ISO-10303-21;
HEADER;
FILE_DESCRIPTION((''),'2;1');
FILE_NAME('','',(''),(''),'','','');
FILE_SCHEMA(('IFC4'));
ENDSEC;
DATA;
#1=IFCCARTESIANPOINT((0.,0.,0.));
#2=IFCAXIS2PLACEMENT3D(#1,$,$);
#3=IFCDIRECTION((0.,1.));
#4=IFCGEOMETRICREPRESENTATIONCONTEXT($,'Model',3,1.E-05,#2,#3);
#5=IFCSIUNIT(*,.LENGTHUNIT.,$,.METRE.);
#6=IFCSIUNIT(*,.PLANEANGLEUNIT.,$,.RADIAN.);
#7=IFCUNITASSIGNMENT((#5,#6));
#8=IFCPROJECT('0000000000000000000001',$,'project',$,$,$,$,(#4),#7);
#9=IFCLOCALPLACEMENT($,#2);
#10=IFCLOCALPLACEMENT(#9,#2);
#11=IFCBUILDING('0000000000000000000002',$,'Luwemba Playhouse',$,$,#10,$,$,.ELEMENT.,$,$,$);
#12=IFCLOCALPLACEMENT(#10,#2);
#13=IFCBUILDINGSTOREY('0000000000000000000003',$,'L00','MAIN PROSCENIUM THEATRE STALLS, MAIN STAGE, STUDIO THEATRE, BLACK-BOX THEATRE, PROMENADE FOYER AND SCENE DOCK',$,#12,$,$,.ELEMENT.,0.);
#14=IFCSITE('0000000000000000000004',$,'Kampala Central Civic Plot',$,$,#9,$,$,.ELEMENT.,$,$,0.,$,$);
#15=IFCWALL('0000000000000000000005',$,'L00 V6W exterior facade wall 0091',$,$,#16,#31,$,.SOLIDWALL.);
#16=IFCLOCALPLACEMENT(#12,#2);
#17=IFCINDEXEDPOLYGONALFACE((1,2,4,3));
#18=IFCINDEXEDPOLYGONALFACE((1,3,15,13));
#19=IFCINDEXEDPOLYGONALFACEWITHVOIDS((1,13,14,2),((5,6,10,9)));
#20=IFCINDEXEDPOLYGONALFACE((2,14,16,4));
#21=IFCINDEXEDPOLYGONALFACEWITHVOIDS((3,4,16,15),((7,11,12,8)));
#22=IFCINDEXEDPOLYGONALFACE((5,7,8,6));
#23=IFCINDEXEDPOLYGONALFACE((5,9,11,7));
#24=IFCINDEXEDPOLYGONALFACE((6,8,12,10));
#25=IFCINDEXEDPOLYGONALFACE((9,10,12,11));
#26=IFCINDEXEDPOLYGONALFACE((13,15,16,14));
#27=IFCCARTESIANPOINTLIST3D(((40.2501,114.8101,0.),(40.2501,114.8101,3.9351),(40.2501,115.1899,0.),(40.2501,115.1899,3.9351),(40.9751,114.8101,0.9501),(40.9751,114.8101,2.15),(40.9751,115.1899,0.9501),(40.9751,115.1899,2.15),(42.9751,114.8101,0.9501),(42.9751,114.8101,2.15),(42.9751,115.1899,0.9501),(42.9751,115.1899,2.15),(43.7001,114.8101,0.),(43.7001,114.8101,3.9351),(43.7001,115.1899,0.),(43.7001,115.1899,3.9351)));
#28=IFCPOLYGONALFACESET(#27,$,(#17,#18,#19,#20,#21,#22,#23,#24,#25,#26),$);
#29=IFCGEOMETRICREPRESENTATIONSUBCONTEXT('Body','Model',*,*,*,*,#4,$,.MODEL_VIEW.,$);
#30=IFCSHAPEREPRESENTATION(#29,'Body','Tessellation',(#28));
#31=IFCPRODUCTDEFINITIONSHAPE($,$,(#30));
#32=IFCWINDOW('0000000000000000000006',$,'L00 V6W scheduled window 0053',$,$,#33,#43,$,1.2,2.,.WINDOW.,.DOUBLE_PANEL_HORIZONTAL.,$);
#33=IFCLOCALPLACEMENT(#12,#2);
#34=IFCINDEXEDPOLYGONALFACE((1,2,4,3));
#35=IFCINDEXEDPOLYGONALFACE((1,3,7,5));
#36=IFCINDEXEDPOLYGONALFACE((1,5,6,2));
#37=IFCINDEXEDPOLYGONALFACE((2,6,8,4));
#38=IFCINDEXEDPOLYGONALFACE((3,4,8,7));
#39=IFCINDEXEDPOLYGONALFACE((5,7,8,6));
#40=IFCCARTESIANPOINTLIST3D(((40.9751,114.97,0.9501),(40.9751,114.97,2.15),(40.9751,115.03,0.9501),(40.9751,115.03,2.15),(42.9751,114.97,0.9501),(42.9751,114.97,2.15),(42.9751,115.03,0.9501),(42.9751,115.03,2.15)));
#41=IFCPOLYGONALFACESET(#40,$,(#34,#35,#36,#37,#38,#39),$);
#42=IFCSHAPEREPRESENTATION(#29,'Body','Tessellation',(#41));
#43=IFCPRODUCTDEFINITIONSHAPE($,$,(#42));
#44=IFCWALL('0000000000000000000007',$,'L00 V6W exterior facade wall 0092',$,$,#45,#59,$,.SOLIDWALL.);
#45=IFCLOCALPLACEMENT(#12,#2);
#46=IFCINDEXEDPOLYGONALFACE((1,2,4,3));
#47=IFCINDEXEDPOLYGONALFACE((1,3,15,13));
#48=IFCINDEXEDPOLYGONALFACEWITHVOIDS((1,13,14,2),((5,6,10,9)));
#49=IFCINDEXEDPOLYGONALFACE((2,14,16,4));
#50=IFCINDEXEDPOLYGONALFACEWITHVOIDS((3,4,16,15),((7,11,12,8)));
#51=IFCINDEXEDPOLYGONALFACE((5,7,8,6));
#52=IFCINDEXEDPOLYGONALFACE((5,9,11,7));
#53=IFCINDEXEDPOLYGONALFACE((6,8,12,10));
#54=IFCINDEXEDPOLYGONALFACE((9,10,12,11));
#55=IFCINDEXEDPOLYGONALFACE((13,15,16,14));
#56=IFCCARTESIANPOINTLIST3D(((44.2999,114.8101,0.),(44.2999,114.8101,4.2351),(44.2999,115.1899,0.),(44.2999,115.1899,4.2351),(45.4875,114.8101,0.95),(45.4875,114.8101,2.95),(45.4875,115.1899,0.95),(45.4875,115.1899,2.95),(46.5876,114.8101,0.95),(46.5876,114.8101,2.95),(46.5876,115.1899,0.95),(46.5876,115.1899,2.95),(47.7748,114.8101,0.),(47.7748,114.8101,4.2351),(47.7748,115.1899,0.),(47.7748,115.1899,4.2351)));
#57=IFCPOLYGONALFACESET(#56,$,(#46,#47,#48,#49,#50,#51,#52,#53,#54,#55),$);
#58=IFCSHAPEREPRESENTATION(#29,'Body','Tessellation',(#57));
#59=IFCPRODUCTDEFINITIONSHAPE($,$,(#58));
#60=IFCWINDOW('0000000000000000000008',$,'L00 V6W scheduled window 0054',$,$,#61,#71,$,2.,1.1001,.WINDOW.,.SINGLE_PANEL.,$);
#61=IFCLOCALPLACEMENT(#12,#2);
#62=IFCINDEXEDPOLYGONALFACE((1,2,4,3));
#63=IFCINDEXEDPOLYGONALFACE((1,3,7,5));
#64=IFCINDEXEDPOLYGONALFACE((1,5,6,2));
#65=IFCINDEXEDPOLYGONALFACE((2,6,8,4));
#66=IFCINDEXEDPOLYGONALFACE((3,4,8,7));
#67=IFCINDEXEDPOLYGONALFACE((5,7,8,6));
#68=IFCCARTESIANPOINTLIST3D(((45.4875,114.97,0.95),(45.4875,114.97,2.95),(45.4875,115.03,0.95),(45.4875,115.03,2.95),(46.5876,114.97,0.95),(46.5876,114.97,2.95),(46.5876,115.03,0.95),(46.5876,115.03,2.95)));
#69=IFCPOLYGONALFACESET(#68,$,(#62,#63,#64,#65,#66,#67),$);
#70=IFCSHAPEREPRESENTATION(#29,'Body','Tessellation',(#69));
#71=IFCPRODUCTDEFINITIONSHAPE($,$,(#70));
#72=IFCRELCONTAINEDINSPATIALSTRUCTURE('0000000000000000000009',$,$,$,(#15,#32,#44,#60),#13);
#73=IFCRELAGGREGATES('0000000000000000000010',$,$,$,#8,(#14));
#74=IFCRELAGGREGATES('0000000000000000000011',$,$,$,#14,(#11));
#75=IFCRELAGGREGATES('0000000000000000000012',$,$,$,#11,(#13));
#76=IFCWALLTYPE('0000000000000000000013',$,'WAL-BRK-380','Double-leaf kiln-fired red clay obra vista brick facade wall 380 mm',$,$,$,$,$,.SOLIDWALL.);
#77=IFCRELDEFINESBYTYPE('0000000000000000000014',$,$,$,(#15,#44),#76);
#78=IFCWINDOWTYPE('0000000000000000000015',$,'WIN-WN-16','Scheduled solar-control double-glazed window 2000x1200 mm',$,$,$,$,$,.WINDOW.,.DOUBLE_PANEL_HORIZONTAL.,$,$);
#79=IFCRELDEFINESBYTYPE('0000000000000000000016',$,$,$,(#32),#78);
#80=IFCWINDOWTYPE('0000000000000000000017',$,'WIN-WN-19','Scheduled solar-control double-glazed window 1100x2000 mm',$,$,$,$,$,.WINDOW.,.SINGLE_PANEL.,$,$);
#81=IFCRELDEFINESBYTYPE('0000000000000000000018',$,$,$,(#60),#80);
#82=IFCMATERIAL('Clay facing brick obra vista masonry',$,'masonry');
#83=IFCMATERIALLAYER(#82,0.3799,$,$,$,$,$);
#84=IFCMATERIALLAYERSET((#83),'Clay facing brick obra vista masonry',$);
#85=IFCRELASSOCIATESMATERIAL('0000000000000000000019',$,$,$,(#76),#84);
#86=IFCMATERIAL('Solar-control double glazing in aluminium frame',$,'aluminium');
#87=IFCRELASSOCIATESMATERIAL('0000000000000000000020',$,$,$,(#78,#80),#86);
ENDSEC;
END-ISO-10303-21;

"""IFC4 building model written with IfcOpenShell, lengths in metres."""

from ifc_helpers import new_model, si_unit, direction, frame, frame_2d, origin, place, context, subcontext, project, spatial, rectangle, extrude, material, layer, layer_set, type_object, element, fill, save


model = new_model("IFC4")

# Units and contexts
model_context = context("Model", 3, precision=1e-05, world=origin(), true_north=direction((0.0, 1.0)))
body_context = subcontext(model_context, "Body", "Model", "MODEL_VIEW")
ifc_project = project(units=[si_unit("LENGTHUNIT", "METRE"), si_unit("PLANEANGLEUNIT", "RADIAN")], contexts=[model_context])

# Site, building, storey
site_placement = place(None, origin())
site = spatial("IfcSite", under=ifc_project, at=site_placement, Name="Kampala Central Civic Plot", CompositionType="ELEMENT", RefElevation=0.0)
building_placement = place(site_placement, origin())
building = spatial("IfcBuilding", under=site, at=building_placement, Name="Luwemba Playhouse", CompositionType="ELEMENT")
storey_placement = place(building_placement, origin())
storey = spatial("IfcBuildingStorey", under=building, at=storey_placement, Name="L00", Description="MAIN PROSCENIUM THEATRE STALLS, MAIN STAGE, STUDIO THEATRE, BLACK-BOX THEATRE, PROMENADE FOYER AND SCENE DOCK", CompositionType="ELEMENT", Elevation=0.0)

# Shared definitions
ifc_material_1 = material(Name="Clay facing brick obra vista masonry", Category="masonry")
ifc_layer = layer(ifc_material_1, 0.3799)
ifc_layer_set = layer_set([ifc_layer], Name="Clay facing brick obra vista masonry")
wall_type = type_object("IfcWallType", Name="WAL-BRK-380", Description="Double-leaf kiln-fired red clay obra vista brick facade wall 380 mm", PredefinedType="SOLIDWALL", material=ifc_layer_set)

# Walls, openings, windows
ifc_material_2 = material(Name="Solar-control double glazing in aluminium frame", Category="aluminium")
wall_1_placement = place(storey_placement, frame((40.25, 115.0, 0.0), z_axis=(0.0, 0.0, 1.0), x_axis=(1.0, 0.0, 0.0)))
wall_1 = element("IfcWall", 1, at=wall_1_placement, inside=storey, type_object=wall_type, Name="L00 V6W exterior facade wall 0091", PredefinedType="SOLIDWALL", context=body_context, shape_type="SweptSolid", body=[
    extrude(rectangle(XDim=3.45, YDim=0.3799, at=frame_2d((1.7251, 0.0))), origin(), (0.0, 0.0, 1.0), 3.9351),
])
opening_1_placement = place(wall_1_placement, frame((0.7251, 0.0, 0.95)))
opening_1 = element("IfcOpeningElement", 2, at=opening_1_placement, cuts=wall_1, PredefinedType="OPENING", context=body_context, shape_type="SweptSolid", body=[
    extrude(rectangle(XDim=2.0, YDim=1.2, at=frame_2d((1.0, 0.6001))), frame((0.0, 0.2, 0.0), z_axis=(0.0, -1.0, 0.0), x_axis=(1.0, 0.0, 0.0)), (0.0, 0.0, 1.0), 0.3999),
])
window_type_1 = type_object("IfcWindowType", Name="WIN-WN-16", Description="Scheduled solar-control double-glazed window 2000x1200 mm", PartitioningType="DOUBLE_PANEL_HORIZONTAL", PredefinedType="WINDOW", material=ifc_material_2)
window_1_placement = place(opening_1_placement, origin())
window_1 = element("IfcWindow", 3, at=window_1_placement, inside=storey, type_object=window_type_1, Name="L00 V6W scheduled window 0053", OverallHeight=1.2, OverallWidth=2.0, PartitioningType="DOUBLE_PANEL_HORIZONTAL", PredefinedType="WINDOW", context=body_context, shape_type="SweptSolid", body=[
    extrude(rectangle(XDim=2.0, YDim=1.2, at=frame_2d((1.0, 0.6001))), frame((0.0, 0.03, 0.0), z_axis=(0.0, -1.0, 0.0), x_axis=(1.0, 0.0, 0.0)), (0.0, 0.0, 1.0), 0.0601),
])
fill(opening_1, window_1)
wall_2_placement = place(storey_placement, frame((44.3, 115.0, 0.0), z_axis=(0.0, 0.0, 1.0), x_axis=(1.0, 0.0, 0.0)))
wall_2 = element("IfcWall", 4, at=wall_2_placement, inside=storey, type_object=wall_type, Name="L00 V6W exterior facade wall 0092", PredefinedType="SOLIDWALL", context=body_context, shape_type="SweptSolid", body=[
    extrude(rectangle(XDim=3.4749, YDim=0.3799, at=frame_2d((1.7373, 0.0))), origin(), (0.0, 0.0, 1.0), 4.2351),
])
opening_2_placement = place(wall_2_placement, frame((1.1875, 0.0, 0.95)))
opening_2 = element("IfcOpeningElement", 5, at=opening_2_placement, cuts=wall_2, PredefinedType="OPENING", context=body_context, shape_type="SweptSolid", body=[
    extrude(rectangle(XDim=1.1001, YDim=2.0, at=frame_2d((0.55, 1.0))), frame((0.0, 0.2, 0.0), z_axis=(0.0, -1.0, 0.0), x_axis=(1.0, 0.0, 0.0)), (0.0, 0.0, 1.0), 0.3999),
])
window_type_2 = type_object("IfcWindowType", Name="WIN-WN-19", Description="Scheduled solar-control double-glazed window 1100x2000 mm", PartitioningType="SINGLE_PANEL", PredefinedType="WINDOW", material=ifc_material_2)
window_2_placement = place(opening_2_placement, origin())
window_2 = element("IfcWindow", 6, at=window_2_placement, inside=storey, type_object=window_type_2, Name="L00 V6W scheduled window 0054", OverallHeight=2.0, OverallWidth=1.1001, PartitioningType="SINGLE_PANEL", PredefinedType="WINDOW", context=body_context, shape_type="SweptSolid", body=[
    extrude(rectangle(XDim=1.1001, YDim=2.0, at=frame_2d((0.55, 1.0))), frame((0.0, 0.03, 0.0), z_axis=(0.0, -1.0, 0.0), x_axis=(1.0, 0.0, 0.0)), (0.0, 0.0, 1.0), 0.0601),
])
fill(opening_2, window_2)

save(model, "model.ifc")
